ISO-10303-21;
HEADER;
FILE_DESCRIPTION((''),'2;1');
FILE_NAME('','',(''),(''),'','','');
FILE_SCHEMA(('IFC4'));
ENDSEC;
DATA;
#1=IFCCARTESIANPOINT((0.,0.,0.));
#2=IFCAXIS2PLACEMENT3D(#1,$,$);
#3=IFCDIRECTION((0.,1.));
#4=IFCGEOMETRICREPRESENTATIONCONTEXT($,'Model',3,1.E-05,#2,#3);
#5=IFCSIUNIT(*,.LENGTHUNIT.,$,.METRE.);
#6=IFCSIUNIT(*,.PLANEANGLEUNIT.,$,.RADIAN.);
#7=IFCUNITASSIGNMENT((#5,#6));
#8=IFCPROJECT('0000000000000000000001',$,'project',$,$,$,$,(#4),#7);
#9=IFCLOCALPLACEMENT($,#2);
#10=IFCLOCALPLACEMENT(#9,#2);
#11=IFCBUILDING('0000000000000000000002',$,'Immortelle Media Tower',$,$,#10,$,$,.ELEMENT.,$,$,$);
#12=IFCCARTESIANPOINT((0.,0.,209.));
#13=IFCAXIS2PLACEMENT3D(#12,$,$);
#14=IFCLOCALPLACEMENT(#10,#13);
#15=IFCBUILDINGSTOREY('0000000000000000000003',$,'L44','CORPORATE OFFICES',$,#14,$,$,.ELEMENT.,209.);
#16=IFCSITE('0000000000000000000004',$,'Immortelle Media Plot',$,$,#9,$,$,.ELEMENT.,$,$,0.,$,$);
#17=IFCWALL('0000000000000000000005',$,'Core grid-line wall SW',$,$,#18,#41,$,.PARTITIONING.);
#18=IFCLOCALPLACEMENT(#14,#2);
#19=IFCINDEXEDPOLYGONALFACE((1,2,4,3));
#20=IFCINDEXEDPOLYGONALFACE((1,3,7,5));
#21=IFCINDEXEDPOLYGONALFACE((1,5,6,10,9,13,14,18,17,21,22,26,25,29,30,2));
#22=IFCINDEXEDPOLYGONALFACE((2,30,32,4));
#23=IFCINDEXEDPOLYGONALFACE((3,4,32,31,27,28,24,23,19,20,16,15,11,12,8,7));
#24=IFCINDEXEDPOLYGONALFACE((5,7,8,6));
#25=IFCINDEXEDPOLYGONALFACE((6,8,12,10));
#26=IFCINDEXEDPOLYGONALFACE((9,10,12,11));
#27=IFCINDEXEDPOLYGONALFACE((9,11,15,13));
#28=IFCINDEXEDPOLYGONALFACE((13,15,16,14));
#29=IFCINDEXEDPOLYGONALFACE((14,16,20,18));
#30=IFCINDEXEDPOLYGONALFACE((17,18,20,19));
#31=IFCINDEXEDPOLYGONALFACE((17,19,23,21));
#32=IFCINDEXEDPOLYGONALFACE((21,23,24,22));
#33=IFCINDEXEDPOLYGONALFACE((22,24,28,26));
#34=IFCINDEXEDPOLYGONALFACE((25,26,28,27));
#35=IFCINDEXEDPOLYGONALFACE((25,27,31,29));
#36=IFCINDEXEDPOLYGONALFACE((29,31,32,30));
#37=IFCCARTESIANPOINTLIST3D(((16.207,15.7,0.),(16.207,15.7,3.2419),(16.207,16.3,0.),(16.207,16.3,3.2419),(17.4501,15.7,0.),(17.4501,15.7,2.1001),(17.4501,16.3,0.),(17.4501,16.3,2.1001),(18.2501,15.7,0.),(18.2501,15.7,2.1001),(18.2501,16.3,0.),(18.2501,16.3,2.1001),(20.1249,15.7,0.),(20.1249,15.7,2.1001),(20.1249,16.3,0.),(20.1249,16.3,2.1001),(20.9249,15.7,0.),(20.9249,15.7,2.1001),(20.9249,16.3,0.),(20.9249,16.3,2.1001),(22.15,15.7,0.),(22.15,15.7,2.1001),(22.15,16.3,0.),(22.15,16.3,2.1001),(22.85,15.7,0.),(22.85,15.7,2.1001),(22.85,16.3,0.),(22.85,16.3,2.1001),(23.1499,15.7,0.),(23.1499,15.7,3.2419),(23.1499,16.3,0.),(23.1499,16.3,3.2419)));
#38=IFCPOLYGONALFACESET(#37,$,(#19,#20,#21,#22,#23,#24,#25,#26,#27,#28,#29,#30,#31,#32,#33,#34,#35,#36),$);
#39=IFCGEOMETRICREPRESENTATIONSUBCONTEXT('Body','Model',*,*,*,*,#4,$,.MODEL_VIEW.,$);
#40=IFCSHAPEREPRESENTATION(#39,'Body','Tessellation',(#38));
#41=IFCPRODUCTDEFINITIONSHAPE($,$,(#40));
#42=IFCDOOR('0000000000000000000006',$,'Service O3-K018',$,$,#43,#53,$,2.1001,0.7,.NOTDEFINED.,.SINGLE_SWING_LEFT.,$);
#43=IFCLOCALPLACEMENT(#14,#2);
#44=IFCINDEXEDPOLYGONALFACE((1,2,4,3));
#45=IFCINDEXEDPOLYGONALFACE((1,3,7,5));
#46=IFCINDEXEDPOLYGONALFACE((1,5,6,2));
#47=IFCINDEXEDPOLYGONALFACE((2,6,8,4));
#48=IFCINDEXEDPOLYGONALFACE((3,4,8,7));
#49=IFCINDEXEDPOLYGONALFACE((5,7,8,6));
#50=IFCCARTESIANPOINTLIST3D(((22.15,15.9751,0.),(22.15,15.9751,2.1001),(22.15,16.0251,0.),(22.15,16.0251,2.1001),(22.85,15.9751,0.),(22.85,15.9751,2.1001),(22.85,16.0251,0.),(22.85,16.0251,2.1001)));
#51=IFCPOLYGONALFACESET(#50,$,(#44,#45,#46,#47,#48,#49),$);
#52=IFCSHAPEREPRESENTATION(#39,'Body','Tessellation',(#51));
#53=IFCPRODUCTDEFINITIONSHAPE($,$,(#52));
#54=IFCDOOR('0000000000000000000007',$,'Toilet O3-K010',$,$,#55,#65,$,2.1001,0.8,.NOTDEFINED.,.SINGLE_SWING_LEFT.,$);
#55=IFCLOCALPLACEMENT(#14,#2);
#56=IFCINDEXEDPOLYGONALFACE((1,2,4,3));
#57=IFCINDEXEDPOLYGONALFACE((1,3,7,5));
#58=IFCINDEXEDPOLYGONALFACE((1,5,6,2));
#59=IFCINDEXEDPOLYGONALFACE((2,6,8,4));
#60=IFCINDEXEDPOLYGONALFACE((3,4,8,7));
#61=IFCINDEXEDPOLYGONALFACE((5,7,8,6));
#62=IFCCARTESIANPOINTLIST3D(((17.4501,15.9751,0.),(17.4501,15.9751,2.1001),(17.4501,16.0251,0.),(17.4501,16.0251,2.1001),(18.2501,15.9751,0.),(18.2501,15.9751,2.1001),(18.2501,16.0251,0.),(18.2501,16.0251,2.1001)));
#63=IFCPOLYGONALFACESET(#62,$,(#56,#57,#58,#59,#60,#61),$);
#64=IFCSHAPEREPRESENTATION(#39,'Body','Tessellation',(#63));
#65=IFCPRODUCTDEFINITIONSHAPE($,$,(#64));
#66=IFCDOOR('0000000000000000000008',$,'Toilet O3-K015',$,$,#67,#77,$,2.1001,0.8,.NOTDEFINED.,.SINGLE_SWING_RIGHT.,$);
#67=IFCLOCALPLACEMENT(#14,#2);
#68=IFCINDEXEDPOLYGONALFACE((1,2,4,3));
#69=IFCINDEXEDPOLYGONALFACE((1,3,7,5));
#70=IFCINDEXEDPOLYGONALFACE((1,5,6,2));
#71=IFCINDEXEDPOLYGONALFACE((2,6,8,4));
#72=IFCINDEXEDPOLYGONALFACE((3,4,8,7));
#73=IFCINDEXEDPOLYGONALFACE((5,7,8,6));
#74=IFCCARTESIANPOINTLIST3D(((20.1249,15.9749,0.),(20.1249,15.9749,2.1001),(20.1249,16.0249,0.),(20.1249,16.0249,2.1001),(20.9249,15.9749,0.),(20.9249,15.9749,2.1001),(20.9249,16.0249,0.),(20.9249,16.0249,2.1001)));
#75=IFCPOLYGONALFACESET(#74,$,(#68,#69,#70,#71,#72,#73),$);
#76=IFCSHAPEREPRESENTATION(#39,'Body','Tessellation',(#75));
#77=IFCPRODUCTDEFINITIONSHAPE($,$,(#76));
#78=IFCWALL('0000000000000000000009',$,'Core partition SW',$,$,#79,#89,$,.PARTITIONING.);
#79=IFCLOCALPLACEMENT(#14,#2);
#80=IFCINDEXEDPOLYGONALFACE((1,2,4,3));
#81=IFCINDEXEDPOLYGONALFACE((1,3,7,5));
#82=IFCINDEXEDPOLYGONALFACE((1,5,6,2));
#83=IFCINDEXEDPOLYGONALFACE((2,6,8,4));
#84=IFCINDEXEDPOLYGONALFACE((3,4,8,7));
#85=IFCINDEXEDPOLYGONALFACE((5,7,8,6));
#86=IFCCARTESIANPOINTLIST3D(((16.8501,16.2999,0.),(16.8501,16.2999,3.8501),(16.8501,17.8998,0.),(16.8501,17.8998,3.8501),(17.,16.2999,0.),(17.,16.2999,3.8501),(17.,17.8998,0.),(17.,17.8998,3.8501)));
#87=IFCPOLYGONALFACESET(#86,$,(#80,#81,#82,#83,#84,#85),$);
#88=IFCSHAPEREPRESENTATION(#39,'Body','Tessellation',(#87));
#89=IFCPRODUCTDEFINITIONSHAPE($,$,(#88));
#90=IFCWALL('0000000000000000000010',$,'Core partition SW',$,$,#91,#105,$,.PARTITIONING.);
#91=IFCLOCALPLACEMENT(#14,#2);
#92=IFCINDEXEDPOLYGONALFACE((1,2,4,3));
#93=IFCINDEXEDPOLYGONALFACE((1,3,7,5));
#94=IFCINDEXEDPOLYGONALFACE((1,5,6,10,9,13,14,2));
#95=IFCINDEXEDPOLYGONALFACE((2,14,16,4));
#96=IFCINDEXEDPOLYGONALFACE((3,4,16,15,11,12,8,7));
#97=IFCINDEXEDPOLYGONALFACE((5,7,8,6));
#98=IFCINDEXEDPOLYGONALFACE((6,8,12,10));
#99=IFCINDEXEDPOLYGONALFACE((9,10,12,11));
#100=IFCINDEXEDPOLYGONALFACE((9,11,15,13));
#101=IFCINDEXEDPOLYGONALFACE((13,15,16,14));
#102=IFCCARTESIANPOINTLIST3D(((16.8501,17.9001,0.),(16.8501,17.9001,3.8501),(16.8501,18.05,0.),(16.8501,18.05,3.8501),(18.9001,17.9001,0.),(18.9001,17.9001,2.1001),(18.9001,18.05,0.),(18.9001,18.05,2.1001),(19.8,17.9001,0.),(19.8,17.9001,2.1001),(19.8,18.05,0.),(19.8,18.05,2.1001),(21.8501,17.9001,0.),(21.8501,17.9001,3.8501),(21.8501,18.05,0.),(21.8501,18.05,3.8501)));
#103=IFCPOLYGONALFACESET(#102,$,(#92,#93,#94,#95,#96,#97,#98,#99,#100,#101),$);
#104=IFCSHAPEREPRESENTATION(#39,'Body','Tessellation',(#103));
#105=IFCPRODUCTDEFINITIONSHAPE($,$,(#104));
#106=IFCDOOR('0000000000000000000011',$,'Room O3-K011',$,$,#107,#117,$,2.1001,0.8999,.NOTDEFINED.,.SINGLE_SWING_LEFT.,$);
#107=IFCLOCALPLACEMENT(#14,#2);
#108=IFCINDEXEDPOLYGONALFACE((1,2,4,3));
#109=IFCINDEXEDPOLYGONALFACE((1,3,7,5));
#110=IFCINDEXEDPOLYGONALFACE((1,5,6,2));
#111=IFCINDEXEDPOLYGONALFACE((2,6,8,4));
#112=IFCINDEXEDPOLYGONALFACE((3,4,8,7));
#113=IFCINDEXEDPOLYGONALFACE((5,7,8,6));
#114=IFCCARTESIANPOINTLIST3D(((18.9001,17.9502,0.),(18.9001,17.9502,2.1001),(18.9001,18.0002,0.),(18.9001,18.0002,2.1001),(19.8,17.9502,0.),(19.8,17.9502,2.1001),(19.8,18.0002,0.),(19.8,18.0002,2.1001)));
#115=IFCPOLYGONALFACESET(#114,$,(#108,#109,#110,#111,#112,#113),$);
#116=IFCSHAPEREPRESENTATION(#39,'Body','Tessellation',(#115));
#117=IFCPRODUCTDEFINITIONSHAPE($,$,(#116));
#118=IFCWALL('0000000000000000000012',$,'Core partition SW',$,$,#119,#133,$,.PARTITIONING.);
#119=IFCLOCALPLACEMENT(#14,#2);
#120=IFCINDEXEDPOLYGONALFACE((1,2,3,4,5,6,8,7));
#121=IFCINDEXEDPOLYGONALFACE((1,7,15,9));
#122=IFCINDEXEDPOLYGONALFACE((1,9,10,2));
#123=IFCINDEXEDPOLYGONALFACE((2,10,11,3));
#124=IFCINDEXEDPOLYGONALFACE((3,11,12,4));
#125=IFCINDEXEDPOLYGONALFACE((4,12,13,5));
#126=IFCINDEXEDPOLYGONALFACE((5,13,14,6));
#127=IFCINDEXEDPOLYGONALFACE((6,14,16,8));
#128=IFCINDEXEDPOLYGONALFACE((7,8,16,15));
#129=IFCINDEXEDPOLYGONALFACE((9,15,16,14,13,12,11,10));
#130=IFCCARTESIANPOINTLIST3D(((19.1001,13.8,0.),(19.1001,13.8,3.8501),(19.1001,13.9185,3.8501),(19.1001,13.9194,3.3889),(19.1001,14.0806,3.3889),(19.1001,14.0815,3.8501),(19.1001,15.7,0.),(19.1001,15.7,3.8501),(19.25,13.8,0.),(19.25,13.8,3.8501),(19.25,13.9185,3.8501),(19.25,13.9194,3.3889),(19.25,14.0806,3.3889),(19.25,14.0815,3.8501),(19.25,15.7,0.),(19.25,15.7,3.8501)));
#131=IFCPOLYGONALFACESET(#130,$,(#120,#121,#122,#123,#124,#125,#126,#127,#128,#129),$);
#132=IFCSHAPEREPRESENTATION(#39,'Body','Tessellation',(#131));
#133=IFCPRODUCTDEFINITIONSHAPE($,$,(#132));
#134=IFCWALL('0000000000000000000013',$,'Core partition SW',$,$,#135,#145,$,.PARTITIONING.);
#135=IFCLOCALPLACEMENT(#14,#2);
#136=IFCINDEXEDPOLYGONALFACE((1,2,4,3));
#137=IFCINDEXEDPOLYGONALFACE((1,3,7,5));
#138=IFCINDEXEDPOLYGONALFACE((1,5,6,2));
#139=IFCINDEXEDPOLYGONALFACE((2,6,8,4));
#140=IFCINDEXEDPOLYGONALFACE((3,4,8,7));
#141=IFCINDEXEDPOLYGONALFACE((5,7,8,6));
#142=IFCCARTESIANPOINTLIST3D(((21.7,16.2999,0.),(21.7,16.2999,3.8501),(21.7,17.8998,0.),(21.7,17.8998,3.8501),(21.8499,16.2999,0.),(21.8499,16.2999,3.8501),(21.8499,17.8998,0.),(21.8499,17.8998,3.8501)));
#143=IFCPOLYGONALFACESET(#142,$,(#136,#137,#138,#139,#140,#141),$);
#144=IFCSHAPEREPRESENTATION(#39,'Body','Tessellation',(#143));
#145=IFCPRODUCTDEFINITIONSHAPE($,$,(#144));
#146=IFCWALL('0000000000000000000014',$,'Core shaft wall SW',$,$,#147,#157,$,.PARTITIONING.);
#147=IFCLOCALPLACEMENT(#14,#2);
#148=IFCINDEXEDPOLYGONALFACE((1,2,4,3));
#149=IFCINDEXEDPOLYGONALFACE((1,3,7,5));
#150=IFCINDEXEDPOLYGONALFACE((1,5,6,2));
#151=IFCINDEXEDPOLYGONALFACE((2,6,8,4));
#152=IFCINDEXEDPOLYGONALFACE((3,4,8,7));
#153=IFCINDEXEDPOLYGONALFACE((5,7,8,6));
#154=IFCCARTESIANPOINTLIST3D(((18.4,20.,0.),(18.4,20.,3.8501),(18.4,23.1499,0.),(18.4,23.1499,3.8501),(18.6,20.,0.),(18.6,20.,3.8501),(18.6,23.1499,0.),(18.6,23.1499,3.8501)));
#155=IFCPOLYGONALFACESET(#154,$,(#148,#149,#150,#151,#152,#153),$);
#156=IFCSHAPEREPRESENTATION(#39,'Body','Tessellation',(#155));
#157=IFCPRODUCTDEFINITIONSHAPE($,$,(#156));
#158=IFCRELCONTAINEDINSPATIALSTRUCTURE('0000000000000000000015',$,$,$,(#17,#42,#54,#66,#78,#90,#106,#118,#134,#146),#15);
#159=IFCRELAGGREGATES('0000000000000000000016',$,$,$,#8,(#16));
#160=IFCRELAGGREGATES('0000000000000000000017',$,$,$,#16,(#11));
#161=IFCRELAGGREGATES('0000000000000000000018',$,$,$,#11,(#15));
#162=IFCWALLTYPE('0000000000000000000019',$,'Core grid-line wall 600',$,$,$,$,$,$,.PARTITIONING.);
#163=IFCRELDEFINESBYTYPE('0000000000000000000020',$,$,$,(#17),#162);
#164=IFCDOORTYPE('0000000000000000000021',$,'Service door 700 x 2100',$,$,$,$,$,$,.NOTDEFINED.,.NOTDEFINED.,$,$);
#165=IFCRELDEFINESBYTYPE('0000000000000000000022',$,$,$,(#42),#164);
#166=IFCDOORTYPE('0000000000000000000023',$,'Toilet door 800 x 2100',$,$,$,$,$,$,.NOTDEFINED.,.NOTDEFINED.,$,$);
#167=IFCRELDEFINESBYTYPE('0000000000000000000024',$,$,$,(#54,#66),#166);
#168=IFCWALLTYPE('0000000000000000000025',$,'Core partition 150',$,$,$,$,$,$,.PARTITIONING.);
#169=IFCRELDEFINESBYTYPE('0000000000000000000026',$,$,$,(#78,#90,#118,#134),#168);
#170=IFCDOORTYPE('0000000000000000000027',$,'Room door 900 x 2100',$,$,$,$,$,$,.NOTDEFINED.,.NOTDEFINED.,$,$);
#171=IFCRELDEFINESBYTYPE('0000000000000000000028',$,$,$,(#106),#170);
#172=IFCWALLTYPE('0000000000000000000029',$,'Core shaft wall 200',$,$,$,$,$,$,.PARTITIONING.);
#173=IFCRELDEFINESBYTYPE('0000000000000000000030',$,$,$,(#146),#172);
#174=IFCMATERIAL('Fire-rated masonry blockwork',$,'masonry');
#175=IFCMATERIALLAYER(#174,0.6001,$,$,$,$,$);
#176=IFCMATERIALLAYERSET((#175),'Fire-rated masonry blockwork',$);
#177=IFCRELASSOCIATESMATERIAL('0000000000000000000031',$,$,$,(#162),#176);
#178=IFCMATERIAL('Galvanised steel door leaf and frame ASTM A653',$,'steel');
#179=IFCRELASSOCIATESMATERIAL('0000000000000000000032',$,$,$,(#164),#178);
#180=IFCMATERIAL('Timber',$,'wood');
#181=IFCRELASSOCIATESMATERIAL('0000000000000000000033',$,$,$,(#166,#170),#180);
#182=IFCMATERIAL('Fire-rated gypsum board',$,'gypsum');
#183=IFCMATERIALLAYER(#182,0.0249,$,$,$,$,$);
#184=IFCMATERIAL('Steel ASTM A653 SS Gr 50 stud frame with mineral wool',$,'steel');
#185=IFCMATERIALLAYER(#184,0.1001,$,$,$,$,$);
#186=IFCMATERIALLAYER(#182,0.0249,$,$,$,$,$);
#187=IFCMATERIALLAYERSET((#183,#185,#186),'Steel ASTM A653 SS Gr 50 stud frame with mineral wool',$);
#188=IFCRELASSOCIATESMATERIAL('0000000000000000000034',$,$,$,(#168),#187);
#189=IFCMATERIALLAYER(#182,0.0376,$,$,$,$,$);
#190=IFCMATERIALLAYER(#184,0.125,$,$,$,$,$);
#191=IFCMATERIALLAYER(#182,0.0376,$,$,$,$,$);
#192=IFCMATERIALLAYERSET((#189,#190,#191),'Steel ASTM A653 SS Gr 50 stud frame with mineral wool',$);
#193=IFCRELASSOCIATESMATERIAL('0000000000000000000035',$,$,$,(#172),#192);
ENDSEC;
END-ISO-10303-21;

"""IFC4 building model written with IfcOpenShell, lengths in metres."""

from ifc_helpers import new_model, si_unit, direction, frame, frame_2d, origin, place, context, subcontext, project, spatial, polyline, rectangle, outline, extrude, material, layer, layer_set, type_object, element, fill, save


model = new_model("IFC4")

# Units and contexts
model_context = context("Model", 3, precision=1e-05, world=origin(), true_north=direction((0.0, 1.0)))
body_context = subcontext(model_context, "Body", "Model", "MODEL_VIEW")
ifc_project = project(units=[si_unit("LENGTHUNIT", "METRE"), si_unit("PLANEANGLEUNIT", "RADIAN")], contexts=[model_context])

# Site, building, storey
site_placement = place(None, origin())
site = spatial("IfcSite", under=ifc_project, at=site_placement, Name="Immortelle Media Plot", CompositionType="ELEMENT", RefElevation=0.0)
building_placement = place(site_placement, origin())
building = spatial("IfcBuilding", under=site, at=building_placement, Name="Immortelle Media Tower", CompositionType="ELEMENT")
storey_placement = place(building_placement, frame((0.0, 0.0, 209.0)))
storey = spatial("IfcBuildingStorey", under=building, at=storey_placement, Name="L44", Description="CORPORATE OFFICES", CompositionType="ELEMENT", Elevation=209.0)

# Wall, openings, doors
ifc_material_1 = material(Name="Fire-rated masonry blockwork", Category="masonry")
ifc_layer_1 = layer(ifc_material_1, 0.6001)
ifc_layer_set_1 = layer_set([ifc_layer_1], Name="Fire-rated masonry blockwork")
wall_type_1 = type_object("IfcWallType", Name="Core grid-line wall 600", PredefinedType="PARTITIONING", material=ifc_layer_set_1)
wall_1_placement = place(storey_placement, frame((16.207, 16.0, 0.0), z_axis=(0.0, 0.0, 1.0), x_axis=(1.0, 0.0, 0.0)))
wall_1 = element("IfcWall", 1, at=wall_1_placement, inside=storey, type_object=wall_type_1, Name="Core grid-line wall SW", PredefinedType="PARTITIONING", context=body_context, shape_type="SweptSolid", body=[
    extrude(rectangle(XDim=6.9429, YDim=0.6001, at=frame_2d((3.4714, 0.0))), origin(), (0.0, 0.0, 1.0), 3.2419),
])
opening_1_placement = place(wall_1_placement, frame((2.043, 0.0, 0.0), z_axis=(0.0, 0.0, 1.0), x_axis=(-1.0, 0.0, 0.0)))
opening_1 = element("IfcOpeningElement", 2, at=opening_1_placement, cuts=wall_1, PredefinedType="OPENING", context=body_context, shape_type="SweptSolid", body=[
    extrude(rectangle(XDim=0.8, YDim=2.1001, at=frame_2d((0.3999, 1.05))), frame((0.0, 0.3101, 0.0), z_axis=(0.0, -1.0, 0.0), x_axis=(1.0, 0.0, 0.0)), (0.0, 0.0, 1.0), 0.6201),
])
opening_2_placement = place(wall_1_placement, frame((3.918, 0.0, 0.0)))
opening_2 = element("IfcOpeningElement", 3, at=opening_2_placement, cuts=wall_1, PredefinedType="OPENING", context=body_context, shape_type="SweptSolid", body=[
    extrude(rectangle(XDim=0.8, YDim=2.1001, at=frame_2d((0.3999, 1.05))), frame((0.0, 0.3101, 0.0), z_axis=(0.0, -1.0, 0.0), x_axis=(1.0, 0.0, 0.0)), (0.0, 0.0, 1.0), 0.6201),
])
opening_3_placement = place(wall_1_placement, frame((6.6431, 0.0, 0.0), z_axis=(0.0, 0.0, 1.0), x_axis=(-1.0, 0.0, 0.0)))
opening_3 = element("IfcOpeningElement", 4, at=opening_3_placement, cuts=wall_1, PredefinedType="OPENING", context=body_context, shape_type="SweptSolid", body=[
    extrude(rectangle(XDim=0.7, YDim=2.1001, at=frame_2d((0.3501, 1.05))), frame((0.0, 0.3101, 0.0), z_axis=(0.0, -1.0, 0.0), x_axis=(1.0, 0.0, 0.0)), (0.0, 0.0, 1.0), 0.6201),
])
ifc_material_2 = material(Name="Galvanised steel door leaf and frame ASTM A653", Category="steel")
door_type_1 = type_object("IfcDoorType", Name="Service door 700 x 2100", OperationType="NOTDEFINED", PredefinedType="NOTDEFINED", material=ifc_material_2)
door_1_placement = place(opening_3_placement, origin())
door_1 = element("IfcDoor", 5, at=door_1_placement, inside=storey, type_object=door_type_1, Name="Service O3-K018", OperationType="SINGLE_SWING_LEFT", OverallHeight=2.1001, OverallWidth=0.7, PredefinedType="NOTDEFINED", context=body_context, shape_type="SweptSolid", body=[
    extrude(rectangle(XDim=0.7, YDim=2.1001, at=frame_2d((0.3501, 1.05))), frame((0.0, 0.0249, 0.0), z_axis=(0.0, -1.0, 0.0), x_axis=(1.0, 0.0, 0.0)), (0.0, 0.0, 1.0), 0.05),
])
fill(opening_3, door_1)
ifc_material_3 = material(Name="Timber", Category="wood")
door_type_2 = type_object("IfcDoorType", Name="Toilet door 800 x 2100", OperationType="NOTDEFINED", PredefinedType="NOTDEFINED", material=ifc_material_3)
door_2_placement = place(opening_1_placement, origin())
door_2 = element("IfcDoor", 6, at=door_2_placement, inside=storey, type_object=door_type_2, Name="Toilet O3-K010", OperationType="SINGLE_SWING_LEFT", OverallHeight=2.1001, OverallWidth=0.8, PredefinedType="NOTDEFINED", context=body_context, shape_type="SweptSolid", body=[
    extrude(rectangle(XDim=0.8, YDim=2.1001, at=frame_2d((0.3999, 1.05))), frame((0.0, 0.0249, 0.0), z_axis=(0.0, -1.0, 0.0), x_axis=(1.0, 0.0, 0.0)), (0.0, 0.0, 1.0), 0.05),
])
fill(opening_1, door_2)
door_3_placement = place(opening_2_placement, origin())
door_3 = element("IfcDoor", 7, at=door_3_placement, inside=storey, type_object=door_type_2, Name="Toilet O3-K015", OperationType="SINGLE_SWING_RIGHT", OverallHeight=2.1001, OverallWidth=0.8, PredefinedType="NOTDEFINED", context=body_context, shape_type="SweptSolid", body=[
    extrude(rectangle(XDim=0.8, YDim=2.1001, at=frame_2d((0.3999, 1.05))), frame((0.0, 0.0249, 0.0), z_axis=(0.0, -1.0, 0.0), x_axis=(1.0, 0.0, 0.0)), (0.0, 0.0, 1.0), 0.05),
])
fill(opening_2, door_3)

# Wall
ifc_material_4 = material(Name="Fire-rated gypsum board", Category="gypsum")
ifc_layer_2 = layer(ifc_material_4, 0.0249)
ifc_material_5 = material(Name="Steel ASTM A653 SS Gr 50 stud frame with mineral wool", Category="steel")
ifc_layer_3 = layer(ifc_material_5, 0.1001)
ifc_layer_4 = layer(ifc_material_4, 0.0249)
ifc_layer_set_2 = layer_set([ifc_layer_2, ifc_layer_3, ifc_layer_4], Name="Steel ASTM A653 SS Gr 50 stud frame with mineral wool")
wall_type_2 = type_object("IfcWallType", Name="Core partition 150", PredefinedType="PARTITIONING", material=ifc_layer_set_2)
wall_2_placement = place(storey_placement, frame((16.925, 16.3, 0.0), z_axis=(0.0, 0.0, 1.0), x_axis=(0.0, 1.0, 0.0)))
element("IfcWall", 8, at=wall_2_placement, inside=storey, type_object=wall_type_2, Name="Core partition SW", PredefinedType="PARTITIONING", context=body_context, shape_type="SweptSolid", body=[
    extrude(rectangle(XDim=1.5999, YDim=0.1499, at=frame_2d((0.7998, 0.0))), origin(), (0.0, 0.0, 1.0), 3.8501),
])

# Wall, opening, door
wall_3_placement = place(storey_placement, frame((16.8501, 17.9751, 0.0), z_axis=(0.0, 0.0, 1.0), x_axis=(1.0, 0.0, 0.0)))
wall_3 = element("IfcWall", 9, at=wall_3_placement, inside=storey, type_object=wall_type_2, Name="Core partition SW", PredefinedType="PARTITIONING", context=body_context, shape_type="SweptSolid", body=[
    extrude(rectangle(XDim=5.0, YDim=0.1499, at=frame_2d((2.5, 0.0))), origin(), (0.0, 0.0, 1.0), 3.8501),
])
opening_4_placement = place(wall_3_placement, frame((2.95, 0.0, 0.0), z_axis=(0.0, 0.0, 1.0), x_axis=(-1.0, 0.0, 0.0)))
opening_4 = element("IfcOpeningElement", 10, at=opening_4_placement, cuts=wall_3, PredefinedType="OPENING", context=body_context, shape_type="SweptSolid", body=[
    extrude(rectangle(XDim=0.8999, YDim=2.1001, at=frame_2d((0.45, 1.05))), frame((0.0, 0.085, 0.0), z_axis=(0.0, -1.0, 0.0), x_axis=(1.0, 0.0, 0.0)), (0.0, 0.0, 1.0), 0.1699),
])
door_type_3 = type_object("IfcDoorType", Name="Room door 900 x 2100", OperationType="NOTDEFINED", PredefinedType="NOTDEFINED", material=ifc_material_3)
door_4_placement = place(opening_4_placement, origin())
door_4 = element("IfcDoor", 11, at=door_4_placement, inside=storey, type_object=door_type_3, Name="Room O3-K011", OperationType="SINGLE_SWING_LEFT", OverallHeight=2.1001, OverallWidth=0.8999, PredefinedType="NOTDEFINED", context=body_context, shape_type="SweptSolid", body=[
    extrude(rectangle(XDim=0.8999, YDim=2.1001, at=frame_2d((0.45, 1.05))), frame((0.0, 0.0249, 0.0), z_axis=(0.0, -1.0, 0.0), x_axis=(1.0, 0.0, 0.0)), (0.0, 0.0, 1.0), 0.05),
])
fill(opening_4, door_4)

# Walls
wall_4_placement = place(storey_placement, frame((19.175, 13.8, 0.0), z_axis=(0.0, 0.0, 1.0), x_axis=(0.0, 1.0, 0.0)))
element("IfcWall", 12, at=wall_4_placement, inside=storey, type_object=wall_type_2, Name="Core partition SW", PredefinedType="PARTITIONING", context=body_context, shape_type="SweptSolid", body=[
    extrude(outline(polyline([(0.0, 0.0), (1.8999, 0.0), (1.8999, 3.8501), (0.2815, 3.8501), (0.2805, 3.3889), (0.1194, 3.3889), (0.1184, 3.8501), (0.0, 3.8501), (0.0, 0.0)])), frame((0.0, 0.075, 0.0), z_axis=(0.0, -1.0, 0.0), x_axis=(1.0, 0.0, 0.0)), (0.0, 0.0, 1.0), 0.1499),
])
wall_5_placement = place(storey_placement, frame((21.7749, 16.3, 0.0), z_axis=(0.0, 0.0, 1.0), x_axis=(0.0, 1.0, 0.0)))
element("IfcWall", 13, at=wall_5_placement, inside=storey, type_object=wall_type_2, Name="Core partition SW", PredefinedType="PARTITIONING", context=body_context, shape_type="SweptSolid", body=[
    extrude(rectangle(XDim=1.5999, YDim=0.1499, at=frame_2d((0.7998, 0.0))), origin(), (0.0, 0.0, 1.0), 3.8501),
])
ifc_layer_5 = layer(ifc_material_4, 0.0376)
ifc_layer_6 = layer(ifc_material_5, 0.125)
ifc_layer_7 = layer(ifc_material_4, 0.0376)
ifc_layer_set_3 = layer_set([ifc_layer_5, ifc_layer_6, ifc_layer_7], Name="Steel ASTM A653 SS Gr 50 stud frame with mineral wool")
wall_type_3 = type_object("IfcWallType", Name="Core shaft wall 200", PredefinedType="PARTITIONING", material=ifc_layer_set_3)
wall_6_placement = place(storey_placement, frame((18.5, 20.0, 0.0), z_axis=(0.0, 0.0, 1.0), x_axis=(0.0, 1.0, 0.0)))
element("IfcWall", 14, at=wall_6_placement, inside=storey, type_object=wall_type_3, Name="Core shaft wall SW", PredefinedType="PARTITIONING", context=body_context, shape_type="SweptSolid", body=[
    extrude(rectangle(XDim=3.1499, YDim=0.2, at=frame_2d((1.575, 0.0))), origin(), (0.0, 0.0, 1.0), 3.8501),
])

save(model, "model.ifc")
